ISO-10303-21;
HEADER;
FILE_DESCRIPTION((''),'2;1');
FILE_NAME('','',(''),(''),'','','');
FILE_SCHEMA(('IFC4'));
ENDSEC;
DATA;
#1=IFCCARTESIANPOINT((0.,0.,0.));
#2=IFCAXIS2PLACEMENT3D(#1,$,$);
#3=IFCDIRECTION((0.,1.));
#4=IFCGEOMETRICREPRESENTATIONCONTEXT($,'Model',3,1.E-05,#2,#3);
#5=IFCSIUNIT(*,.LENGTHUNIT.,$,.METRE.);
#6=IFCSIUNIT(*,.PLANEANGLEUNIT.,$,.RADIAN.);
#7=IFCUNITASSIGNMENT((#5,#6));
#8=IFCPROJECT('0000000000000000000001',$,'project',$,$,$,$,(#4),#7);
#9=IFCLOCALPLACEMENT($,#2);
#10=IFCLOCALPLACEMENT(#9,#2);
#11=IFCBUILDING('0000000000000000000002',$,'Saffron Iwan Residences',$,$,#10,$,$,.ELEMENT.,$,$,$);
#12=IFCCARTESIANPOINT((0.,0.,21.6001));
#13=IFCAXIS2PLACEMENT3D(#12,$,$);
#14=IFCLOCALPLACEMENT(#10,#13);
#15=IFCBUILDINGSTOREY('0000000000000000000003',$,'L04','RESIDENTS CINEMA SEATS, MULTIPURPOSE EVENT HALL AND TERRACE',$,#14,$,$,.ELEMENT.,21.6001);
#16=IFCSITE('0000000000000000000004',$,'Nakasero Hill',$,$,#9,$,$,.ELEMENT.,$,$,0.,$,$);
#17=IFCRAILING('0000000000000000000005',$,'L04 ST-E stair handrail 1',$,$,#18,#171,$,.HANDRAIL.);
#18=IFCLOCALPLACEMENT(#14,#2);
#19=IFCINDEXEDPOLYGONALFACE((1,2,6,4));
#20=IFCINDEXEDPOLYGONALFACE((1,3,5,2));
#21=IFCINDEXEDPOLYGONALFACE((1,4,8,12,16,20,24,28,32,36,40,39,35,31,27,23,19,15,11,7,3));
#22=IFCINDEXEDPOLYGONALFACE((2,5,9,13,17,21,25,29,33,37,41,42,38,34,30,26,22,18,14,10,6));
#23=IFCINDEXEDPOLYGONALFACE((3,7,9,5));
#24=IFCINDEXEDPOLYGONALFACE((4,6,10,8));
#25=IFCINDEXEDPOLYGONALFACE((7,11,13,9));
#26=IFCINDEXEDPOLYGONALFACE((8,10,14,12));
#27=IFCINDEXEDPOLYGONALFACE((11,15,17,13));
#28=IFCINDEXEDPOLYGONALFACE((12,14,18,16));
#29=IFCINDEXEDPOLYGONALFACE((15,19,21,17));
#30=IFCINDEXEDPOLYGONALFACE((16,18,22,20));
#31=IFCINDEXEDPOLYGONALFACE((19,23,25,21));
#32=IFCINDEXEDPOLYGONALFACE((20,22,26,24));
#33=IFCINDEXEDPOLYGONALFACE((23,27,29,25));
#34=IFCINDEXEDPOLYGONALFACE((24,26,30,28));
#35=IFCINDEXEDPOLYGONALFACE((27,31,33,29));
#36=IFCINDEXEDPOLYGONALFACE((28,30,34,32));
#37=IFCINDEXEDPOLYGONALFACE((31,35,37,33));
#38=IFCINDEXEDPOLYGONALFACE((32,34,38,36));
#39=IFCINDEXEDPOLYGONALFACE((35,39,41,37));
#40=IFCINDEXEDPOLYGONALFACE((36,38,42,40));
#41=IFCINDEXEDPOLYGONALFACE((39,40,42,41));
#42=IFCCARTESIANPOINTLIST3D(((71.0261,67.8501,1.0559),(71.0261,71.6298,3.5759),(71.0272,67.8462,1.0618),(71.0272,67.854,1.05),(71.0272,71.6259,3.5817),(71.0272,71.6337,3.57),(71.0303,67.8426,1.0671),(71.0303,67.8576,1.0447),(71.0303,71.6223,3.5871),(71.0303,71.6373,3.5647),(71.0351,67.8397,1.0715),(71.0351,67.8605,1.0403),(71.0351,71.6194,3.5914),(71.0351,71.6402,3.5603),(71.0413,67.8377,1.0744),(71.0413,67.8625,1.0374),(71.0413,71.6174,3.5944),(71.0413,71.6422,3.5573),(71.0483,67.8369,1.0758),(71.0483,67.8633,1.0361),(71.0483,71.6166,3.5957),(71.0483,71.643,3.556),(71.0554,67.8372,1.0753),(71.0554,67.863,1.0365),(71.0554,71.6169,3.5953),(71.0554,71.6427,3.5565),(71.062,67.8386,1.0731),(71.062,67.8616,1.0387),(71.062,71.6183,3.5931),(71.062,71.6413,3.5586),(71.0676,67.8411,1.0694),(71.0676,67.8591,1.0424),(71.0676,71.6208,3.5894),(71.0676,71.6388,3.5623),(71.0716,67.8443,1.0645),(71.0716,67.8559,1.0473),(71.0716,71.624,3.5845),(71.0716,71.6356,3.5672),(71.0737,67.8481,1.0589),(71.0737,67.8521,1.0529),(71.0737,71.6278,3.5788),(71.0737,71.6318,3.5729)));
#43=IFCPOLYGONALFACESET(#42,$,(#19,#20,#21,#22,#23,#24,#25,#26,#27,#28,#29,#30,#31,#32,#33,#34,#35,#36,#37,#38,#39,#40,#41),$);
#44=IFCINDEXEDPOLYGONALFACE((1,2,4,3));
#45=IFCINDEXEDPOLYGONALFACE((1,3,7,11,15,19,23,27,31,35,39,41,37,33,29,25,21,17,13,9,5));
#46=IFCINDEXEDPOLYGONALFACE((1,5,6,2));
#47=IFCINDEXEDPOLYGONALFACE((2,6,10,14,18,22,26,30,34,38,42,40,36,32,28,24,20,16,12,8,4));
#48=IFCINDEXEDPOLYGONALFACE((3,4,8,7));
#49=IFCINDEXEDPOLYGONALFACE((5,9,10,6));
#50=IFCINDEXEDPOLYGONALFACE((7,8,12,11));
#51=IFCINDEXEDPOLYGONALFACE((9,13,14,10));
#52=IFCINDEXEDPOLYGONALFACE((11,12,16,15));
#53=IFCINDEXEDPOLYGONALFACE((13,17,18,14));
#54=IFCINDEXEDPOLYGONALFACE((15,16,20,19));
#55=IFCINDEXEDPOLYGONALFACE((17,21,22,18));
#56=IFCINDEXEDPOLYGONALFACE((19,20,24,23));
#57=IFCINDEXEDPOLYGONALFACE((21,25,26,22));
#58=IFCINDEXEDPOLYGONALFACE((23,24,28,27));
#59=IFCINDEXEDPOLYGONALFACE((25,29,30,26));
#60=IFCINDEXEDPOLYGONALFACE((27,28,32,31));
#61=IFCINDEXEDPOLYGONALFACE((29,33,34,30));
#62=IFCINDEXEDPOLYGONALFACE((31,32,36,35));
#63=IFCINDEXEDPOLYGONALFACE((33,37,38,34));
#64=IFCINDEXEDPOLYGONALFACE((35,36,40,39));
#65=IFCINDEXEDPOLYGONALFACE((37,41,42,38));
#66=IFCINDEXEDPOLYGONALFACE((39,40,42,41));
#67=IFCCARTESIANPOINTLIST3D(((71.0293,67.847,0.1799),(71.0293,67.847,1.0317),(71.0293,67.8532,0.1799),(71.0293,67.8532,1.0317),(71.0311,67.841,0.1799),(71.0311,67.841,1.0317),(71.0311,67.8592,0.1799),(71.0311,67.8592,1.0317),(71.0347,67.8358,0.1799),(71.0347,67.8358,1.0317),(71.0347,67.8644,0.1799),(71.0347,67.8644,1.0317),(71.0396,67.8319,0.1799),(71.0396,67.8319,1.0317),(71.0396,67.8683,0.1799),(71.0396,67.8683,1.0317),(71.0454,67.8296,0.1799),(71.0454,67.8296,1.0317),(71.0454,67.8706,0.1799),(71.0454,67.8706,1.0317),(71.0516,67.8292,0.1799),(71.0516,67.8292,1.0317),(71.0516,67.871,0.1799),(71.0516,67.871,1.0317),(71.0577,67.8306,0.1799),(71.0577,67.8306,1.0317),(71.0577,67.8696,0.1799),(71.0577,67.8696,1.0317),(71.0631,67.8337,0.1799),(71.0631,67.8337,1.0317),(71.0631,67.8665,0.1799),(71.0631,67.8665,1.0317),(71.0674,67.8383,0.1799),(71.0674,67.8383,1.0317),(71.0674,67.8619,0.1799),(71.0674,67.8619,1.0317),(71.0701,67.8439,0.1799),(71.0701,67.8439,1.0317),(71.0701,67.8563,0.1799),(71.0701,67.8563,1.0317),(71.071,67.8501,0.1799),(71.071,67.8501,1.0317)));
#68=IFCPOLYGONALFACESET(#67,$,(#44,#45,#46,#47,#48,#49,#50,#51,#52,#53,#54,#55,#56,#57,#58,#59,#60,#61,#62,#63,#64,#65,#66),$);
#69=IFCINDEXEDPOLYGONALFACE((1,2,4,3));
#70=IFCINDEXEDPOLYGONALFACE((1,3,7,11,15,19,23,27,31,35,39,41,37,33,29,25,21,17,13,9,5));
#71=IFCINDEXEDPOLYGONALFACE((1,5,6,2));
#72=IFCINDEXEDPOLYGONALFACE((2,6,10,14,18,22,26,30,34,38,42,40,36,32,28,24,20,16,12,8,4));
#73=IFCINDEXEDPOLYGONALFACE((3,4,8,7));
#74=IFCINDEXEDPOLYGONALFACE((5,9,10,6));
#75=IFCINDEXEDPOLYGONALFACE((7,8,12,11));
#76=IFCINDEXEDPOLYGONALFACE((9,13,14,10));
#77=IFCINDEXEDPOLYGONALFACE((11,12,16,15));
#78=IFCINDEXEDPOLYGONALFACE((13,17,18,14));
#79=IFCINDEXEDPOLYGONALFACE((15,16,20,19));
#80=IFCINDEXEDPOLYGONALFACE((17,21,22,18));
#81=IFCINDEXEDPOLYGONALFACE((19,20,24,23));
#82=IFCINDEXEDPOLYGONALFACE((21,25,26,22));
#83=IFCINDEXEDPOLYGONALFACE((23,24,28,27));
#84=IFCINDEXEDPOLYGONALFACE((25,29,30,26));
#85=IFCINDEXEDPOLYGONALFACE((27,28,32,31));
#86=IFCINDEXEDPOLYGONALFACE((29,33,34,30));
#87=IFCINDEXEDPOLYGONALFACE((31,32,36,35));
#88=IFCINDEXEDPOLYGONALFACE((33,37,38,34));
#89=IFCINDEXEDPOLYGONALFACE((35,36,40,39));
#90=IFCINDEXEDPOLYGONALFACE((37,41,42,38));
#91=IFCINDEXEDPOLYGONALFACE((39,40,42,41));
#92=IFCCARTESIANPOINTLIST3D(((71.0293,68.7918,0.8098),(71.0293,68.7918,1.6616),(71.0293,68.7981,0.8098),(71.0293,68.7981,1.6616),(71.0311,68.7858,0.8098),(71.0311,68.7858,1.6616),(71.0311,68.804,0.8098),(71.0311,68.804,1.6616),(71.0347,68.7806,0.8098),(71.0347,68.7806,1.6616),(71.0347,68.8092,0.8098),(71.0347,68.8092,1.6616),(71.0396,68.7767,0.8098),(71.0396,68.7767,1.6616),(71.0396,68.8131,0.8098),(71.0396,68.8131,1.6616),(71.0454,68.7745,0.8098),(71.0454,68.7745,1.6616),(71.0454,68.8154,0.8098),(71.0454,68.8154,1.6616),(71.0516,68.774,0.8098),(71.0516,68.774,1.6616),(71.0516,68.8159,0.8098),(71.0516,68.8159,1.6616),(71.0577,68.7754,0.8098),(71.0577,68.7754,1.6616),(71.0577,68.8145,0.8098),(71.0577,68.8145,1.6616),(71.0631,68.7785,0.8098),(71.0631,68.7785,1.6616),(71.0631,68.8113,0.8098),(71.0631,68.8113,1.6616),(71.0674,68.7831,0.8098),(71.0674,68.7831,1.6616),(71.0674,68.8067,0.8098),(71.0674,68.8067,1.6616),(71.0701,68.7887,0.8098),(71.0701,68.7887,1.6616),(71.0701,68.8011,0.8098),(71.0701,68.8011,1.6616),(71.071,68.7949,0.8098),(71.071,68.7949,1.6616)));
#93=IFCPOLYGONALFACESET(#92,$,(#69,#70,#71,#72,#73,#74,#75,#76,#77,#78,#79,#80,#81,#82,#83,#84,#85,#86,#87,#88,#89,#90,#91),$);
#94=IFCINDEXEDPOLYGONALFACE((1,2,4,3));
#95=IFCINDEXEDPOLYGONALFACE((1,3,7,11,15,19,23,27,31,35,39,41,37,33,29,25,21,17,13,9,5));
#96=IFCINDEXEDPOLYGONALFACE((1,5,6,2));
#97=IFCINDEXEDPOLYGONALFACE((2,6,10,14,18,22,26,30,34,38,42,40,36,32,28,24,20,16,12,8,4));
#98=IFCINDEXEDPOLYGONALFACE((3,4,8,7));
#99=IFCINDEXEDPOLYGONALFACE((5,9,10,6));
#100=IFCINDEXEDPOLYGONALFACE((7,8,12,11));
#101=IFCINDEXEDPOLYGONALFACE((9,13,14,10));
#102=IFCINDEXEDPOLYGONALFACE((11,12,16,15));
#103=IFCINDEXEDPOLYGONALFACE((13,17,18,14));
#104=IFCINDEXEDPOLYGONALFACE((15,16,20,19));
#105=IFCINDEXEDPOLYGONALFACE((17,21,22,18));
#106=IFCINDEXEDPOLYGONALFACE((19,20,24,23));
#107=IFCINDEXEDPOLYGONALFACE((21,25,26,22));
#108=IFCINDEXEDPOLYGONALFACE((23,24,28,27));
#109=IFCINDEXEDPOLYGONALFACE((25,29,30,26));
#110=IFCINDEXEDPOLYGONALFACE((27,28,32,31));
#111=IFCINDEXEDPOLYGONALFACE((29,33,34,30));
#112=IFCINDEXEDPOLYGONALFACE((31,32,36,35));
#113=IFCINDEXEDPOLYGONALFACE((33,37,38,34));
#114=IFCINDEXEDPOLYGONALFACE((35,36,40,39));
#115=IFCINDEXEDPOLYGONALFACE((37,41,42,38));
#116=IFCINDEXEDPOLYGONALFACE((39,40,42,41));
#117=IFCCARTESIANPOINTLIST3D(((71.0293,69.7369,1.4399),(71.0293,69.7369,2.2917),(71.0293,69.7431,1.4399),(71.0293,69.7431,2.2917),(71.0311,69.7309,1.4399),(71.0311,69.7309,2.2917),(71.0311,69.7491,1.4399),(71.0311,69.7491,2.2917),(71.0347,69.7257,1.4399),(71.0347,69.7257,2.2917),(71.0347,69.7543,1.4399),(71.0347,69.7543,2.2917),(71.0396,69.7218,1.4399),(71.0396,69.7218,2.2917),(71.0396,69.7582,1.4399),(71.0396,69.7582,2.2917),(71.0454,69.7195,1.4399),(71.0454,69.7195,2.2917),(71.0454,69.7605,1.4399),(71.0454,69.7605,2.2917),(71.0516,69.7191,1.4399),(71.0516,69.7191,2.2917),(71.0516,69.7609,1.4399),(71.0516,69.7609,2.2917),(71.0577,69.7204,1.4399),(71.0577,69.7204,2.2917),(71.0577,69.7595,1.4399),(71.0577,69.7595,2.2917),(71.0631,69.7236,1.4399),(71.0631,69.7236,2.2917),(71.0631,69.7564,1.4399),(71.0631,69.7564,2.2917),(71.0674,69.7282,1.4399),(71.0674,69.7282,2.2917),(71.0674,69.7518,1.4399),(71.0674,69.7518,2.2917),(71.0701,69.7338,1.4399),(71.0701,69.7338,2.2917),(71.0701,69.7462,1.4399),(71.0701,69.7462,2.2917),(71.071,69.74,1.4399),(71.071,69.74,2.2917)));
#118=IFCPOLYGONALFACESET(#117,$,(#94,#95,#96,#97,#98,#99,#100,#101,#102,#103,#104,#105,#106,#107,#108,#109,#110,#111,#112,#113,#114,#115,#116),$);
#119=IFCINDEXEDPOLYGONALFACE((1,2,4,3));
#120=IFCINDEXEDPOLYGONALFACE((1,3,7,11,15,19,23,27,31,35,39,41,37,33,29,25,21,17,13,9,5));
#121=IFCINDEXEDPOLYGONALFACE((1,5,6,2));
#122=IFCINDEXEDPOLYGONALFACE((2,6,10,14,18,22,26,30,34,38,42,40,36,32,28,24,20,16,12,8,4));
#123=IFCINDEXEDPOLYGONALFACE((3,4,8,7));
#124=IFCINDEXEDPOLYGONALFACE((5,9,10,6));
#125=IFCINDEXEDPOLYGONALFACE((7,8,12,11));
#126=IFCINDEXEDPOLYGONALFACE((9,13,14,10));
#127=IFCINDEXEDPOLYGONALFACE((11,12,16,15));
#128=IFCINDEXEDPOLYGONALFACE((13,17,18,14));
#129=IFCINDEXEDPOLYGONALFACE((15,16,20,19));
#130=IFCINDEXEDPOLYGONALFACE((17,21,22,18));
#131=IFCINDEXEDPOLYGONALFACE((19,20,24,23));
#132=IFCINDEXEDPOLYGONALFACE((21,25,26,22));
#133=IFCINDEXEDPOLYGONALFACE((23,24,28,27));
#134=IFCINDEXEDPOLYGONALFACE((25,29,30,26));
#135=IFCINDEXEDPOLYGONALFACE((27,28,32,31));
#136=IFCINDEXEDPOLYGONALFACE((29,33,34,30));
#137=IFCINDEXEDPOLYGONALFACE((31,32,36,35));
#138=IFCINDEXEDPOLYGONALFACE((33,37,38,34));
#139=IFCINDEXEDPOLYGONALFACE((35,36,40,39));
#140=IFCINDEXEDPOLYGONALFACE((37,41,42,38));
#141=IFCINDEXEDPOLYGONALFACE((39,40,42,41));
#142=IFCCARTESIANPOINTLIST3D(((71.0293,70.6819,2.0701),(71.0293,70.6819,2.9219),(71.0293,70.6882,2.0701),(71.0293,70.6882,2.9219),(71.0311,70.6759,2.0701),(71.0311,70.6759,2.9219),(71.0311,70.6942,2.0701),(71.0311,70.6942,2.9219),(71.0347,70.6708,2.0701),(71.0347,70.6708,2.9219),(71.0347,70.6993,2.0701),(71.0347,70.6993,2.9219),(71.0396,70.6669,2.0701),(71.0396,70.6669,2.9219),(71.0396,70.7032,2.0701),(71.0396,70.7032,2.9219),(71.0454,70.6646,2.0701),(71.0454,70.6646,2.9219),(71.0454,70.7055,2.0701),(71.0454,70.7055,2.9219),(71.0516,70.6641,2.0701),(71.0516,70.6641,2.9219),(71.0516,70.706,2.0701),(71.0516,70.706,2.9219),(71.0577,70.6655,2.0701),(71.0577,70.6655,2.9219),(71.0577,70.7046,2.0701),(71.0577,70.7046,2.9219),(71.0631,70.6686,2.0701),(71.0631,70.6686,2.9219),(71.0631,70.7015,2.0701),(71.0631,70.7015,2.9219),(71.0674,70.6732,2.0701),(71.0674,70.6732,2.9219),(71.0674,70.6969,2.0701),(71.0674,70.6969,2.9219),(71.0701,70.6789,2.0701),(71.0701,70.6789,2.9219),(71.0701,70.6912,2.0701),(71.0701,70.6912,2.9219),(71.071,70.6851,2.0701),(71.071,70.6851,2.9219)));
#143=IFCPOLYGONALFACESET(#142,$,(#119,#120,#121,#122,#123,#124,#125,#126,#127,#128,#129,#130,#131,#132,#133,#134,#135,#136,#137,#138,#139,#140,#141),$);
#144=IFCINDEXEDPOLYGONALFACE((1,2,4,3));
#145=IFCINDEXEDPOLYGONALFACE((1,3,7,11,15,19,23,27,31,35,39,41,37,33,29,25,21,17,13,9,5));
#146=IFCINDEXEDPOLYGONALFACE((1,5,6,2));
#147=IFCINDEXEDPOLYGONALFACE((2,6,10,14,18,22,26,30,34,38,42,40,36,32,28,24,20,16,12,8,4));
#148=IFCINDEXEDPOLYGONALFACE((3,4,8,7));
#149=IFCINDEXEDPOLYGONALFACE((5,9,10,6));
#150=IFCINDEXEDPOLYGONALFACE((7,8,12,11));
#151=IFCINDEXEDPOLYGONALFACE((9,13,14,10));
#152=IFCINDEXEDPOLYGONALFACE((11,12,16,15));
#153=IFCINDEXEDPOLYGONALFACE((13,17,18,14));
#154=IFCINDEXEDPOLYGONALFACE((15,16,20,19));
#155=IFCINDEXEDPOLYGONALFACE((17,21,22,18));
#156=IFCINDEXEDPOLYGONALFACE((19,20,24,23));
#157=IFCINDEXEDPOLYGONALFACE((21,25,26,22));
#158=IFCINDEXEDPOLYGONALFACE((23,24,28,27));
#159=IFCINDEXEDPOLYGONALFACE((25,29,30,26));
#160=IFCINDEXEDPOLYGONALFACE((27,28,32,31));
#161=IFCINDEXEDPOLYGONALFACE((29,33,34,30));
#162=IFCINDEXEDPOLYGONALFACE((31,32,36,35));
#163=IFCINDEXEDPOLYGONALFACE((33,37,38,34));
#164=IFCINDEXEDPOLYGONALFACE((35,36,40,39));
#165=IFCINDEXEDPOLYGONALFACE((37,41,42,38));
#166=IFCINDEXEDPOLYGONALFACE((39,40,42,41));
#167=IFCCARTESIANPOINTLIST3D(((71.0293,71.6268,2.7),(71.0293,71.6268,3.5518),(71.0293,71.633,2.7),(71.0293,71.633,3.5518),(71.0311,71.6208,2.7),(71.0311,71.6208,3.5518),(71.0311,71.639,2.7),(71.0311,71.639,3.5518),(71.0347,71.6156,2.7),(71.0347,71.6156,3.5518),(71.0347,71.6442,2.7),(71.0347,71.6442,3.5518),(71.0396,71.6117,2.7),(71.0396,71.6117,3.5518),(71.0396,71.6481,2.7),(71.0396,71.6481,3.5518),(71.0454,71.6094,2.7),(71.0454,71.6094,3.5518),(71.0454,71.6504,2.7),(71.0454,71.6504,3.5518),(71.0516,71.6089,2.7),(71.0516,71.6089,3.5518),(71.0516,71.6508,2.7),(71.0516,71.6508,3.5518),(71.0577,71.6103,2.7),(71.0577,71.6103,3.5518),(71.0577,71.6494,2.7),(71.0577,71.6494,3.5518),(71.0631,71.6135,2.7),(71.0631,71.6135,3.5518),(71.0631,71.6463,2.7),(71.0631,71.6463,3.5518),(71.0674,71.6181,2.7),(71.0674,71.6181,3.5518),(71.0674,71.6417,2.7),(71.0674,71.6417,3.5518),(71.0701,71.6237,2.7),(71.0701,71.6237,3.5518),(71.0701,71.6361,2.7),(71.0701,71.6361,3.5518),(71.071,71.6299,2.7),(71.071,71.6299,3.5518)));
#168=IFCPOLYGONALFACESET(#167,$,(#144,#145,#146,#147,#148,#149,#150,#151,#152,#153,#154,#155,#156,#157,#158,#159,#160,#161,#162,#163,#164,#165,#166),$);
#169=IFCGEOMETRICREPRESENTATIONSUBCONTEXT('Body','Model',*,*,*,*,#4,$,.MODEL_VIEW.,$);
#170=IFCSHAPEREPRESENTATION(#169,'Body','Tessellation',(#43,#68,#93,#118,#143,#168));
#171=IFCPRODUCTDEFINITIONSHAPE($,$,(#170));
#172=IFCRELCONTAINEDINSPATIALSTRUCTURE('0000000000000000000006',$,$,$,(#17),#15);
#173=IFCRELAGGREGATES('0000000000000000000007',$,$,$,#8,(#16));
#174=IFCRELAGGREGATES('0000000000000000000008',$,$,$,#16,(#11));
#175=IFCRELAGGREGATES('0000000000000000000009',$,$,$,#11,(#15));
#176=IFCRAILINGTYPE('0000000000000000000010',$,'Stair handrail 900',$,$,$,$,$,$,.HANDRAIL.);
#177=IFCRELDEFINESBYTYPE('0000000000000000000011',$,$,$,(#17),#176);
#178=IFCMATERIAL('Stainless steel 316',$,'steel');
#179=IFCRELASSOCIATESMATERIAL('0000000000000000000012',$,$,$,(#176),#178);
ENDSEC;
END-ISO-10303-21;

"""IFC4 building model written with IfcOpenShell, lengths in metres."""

from ifc_helpers import new_model, si_unit, direction, frame, origin, origin_2d, place, context, subcontext, project, spatial, circle, extrude, material, type_object, element, save


model = new_model("IFC4")

# Units and contexts
model_context = context("Model", 3, precision=1e-05, world=origin(), true_north=direction((0.0, 1.0)))
body_context = subcontext(model_context, "Body", "Model", "MODEL_VIEW")
ifc_project = project(units=[si_unit("LENGTHUNIT", "METRE"), si_unit("PLANEANGLEUNIT", "RADIAN")], contexts=[model_context])

# Site, building, storey
site_placement = place(None, origin())
site = spatial("IfcSite", under=ifc_project, at=site_placement, Name="Nakasero Hill", CompositionType="ELEMENT", RefElevation=0.0)
building_placement = place(site_placement, origin())
building = spatial("IfcBuilding", under=site, at=building_placement, Name="Saffron Iwan Residences", CompositionType="ELEMENT")
storey_placement = place(building_placement, frame((0.0, 0.0, 21.6001)))
storey = spatial("IfcBuildingStorey", under=building, at=storey_placement, Name="L04", Description="RESIDENTS CINEMA SEATS, MULTIPURPOSE EVENT HALL AND TERRACE", CompositionType="ELEMENT", Elevation=21.6001)

# Railing
ifc_material_1 = material(Name="Stainless steel 316", Category="steel")
railing_type_1 = type_object("IfcRailingType", Name="Stair handrail 900", PredefinedType="HANDRAIL", material=ifc_material_1)
railing_1_placement = place(storey_placement, frame((71.05, 67.8501, 0.1799)))
element("IfcRailing", 1, at=railing_1_placement, inside=storey, type_object=railing_type_1, Name="L04 ST-E stair handrail 1", PredefinedType="HANDRAIL", context=body_context, shape_type="SweptSolid", body=[
    extrude(circle(Radius=0.0239, at=origin_2d()), frame((0.0, 0.0, 0.876), z_axis=(0.0, 0.832034, 0.554725), x_axis=(-1.0, 0.0, 0.0)), (0.0, 0.0, 1.0), 4.5427),
    extrude(circle(Radius=0.021, at=origin_2d()), origin(), (0.0, 0.0, 1.0), 0.8518),
    extrude(circle(Radius=0.021, at=origin_2d()), frame((0.0, 0.9448, 0.6299)), (0.0, 0.0, 1.0), 0.8518),
    extrude(circle(Radius=0.021, at=origin_2d()), frame((0.0, 1.8899, 1.26)), (0.0, 0.0, 1.0), 0.8518),
    extrude(circle(Radius=0.021, at=origin_2d()), frame((0.0, 2.835, 1.8901)), (0.0, 0.0, 1.0), 0.8518),
    extrude(circle(Radius=0.021, at=origin_2d()), frame((0.0, 3.7798, 2.52)), (0.0, 0.0, 1.0), 0.8518),
])

save(model, "model.ifc")
